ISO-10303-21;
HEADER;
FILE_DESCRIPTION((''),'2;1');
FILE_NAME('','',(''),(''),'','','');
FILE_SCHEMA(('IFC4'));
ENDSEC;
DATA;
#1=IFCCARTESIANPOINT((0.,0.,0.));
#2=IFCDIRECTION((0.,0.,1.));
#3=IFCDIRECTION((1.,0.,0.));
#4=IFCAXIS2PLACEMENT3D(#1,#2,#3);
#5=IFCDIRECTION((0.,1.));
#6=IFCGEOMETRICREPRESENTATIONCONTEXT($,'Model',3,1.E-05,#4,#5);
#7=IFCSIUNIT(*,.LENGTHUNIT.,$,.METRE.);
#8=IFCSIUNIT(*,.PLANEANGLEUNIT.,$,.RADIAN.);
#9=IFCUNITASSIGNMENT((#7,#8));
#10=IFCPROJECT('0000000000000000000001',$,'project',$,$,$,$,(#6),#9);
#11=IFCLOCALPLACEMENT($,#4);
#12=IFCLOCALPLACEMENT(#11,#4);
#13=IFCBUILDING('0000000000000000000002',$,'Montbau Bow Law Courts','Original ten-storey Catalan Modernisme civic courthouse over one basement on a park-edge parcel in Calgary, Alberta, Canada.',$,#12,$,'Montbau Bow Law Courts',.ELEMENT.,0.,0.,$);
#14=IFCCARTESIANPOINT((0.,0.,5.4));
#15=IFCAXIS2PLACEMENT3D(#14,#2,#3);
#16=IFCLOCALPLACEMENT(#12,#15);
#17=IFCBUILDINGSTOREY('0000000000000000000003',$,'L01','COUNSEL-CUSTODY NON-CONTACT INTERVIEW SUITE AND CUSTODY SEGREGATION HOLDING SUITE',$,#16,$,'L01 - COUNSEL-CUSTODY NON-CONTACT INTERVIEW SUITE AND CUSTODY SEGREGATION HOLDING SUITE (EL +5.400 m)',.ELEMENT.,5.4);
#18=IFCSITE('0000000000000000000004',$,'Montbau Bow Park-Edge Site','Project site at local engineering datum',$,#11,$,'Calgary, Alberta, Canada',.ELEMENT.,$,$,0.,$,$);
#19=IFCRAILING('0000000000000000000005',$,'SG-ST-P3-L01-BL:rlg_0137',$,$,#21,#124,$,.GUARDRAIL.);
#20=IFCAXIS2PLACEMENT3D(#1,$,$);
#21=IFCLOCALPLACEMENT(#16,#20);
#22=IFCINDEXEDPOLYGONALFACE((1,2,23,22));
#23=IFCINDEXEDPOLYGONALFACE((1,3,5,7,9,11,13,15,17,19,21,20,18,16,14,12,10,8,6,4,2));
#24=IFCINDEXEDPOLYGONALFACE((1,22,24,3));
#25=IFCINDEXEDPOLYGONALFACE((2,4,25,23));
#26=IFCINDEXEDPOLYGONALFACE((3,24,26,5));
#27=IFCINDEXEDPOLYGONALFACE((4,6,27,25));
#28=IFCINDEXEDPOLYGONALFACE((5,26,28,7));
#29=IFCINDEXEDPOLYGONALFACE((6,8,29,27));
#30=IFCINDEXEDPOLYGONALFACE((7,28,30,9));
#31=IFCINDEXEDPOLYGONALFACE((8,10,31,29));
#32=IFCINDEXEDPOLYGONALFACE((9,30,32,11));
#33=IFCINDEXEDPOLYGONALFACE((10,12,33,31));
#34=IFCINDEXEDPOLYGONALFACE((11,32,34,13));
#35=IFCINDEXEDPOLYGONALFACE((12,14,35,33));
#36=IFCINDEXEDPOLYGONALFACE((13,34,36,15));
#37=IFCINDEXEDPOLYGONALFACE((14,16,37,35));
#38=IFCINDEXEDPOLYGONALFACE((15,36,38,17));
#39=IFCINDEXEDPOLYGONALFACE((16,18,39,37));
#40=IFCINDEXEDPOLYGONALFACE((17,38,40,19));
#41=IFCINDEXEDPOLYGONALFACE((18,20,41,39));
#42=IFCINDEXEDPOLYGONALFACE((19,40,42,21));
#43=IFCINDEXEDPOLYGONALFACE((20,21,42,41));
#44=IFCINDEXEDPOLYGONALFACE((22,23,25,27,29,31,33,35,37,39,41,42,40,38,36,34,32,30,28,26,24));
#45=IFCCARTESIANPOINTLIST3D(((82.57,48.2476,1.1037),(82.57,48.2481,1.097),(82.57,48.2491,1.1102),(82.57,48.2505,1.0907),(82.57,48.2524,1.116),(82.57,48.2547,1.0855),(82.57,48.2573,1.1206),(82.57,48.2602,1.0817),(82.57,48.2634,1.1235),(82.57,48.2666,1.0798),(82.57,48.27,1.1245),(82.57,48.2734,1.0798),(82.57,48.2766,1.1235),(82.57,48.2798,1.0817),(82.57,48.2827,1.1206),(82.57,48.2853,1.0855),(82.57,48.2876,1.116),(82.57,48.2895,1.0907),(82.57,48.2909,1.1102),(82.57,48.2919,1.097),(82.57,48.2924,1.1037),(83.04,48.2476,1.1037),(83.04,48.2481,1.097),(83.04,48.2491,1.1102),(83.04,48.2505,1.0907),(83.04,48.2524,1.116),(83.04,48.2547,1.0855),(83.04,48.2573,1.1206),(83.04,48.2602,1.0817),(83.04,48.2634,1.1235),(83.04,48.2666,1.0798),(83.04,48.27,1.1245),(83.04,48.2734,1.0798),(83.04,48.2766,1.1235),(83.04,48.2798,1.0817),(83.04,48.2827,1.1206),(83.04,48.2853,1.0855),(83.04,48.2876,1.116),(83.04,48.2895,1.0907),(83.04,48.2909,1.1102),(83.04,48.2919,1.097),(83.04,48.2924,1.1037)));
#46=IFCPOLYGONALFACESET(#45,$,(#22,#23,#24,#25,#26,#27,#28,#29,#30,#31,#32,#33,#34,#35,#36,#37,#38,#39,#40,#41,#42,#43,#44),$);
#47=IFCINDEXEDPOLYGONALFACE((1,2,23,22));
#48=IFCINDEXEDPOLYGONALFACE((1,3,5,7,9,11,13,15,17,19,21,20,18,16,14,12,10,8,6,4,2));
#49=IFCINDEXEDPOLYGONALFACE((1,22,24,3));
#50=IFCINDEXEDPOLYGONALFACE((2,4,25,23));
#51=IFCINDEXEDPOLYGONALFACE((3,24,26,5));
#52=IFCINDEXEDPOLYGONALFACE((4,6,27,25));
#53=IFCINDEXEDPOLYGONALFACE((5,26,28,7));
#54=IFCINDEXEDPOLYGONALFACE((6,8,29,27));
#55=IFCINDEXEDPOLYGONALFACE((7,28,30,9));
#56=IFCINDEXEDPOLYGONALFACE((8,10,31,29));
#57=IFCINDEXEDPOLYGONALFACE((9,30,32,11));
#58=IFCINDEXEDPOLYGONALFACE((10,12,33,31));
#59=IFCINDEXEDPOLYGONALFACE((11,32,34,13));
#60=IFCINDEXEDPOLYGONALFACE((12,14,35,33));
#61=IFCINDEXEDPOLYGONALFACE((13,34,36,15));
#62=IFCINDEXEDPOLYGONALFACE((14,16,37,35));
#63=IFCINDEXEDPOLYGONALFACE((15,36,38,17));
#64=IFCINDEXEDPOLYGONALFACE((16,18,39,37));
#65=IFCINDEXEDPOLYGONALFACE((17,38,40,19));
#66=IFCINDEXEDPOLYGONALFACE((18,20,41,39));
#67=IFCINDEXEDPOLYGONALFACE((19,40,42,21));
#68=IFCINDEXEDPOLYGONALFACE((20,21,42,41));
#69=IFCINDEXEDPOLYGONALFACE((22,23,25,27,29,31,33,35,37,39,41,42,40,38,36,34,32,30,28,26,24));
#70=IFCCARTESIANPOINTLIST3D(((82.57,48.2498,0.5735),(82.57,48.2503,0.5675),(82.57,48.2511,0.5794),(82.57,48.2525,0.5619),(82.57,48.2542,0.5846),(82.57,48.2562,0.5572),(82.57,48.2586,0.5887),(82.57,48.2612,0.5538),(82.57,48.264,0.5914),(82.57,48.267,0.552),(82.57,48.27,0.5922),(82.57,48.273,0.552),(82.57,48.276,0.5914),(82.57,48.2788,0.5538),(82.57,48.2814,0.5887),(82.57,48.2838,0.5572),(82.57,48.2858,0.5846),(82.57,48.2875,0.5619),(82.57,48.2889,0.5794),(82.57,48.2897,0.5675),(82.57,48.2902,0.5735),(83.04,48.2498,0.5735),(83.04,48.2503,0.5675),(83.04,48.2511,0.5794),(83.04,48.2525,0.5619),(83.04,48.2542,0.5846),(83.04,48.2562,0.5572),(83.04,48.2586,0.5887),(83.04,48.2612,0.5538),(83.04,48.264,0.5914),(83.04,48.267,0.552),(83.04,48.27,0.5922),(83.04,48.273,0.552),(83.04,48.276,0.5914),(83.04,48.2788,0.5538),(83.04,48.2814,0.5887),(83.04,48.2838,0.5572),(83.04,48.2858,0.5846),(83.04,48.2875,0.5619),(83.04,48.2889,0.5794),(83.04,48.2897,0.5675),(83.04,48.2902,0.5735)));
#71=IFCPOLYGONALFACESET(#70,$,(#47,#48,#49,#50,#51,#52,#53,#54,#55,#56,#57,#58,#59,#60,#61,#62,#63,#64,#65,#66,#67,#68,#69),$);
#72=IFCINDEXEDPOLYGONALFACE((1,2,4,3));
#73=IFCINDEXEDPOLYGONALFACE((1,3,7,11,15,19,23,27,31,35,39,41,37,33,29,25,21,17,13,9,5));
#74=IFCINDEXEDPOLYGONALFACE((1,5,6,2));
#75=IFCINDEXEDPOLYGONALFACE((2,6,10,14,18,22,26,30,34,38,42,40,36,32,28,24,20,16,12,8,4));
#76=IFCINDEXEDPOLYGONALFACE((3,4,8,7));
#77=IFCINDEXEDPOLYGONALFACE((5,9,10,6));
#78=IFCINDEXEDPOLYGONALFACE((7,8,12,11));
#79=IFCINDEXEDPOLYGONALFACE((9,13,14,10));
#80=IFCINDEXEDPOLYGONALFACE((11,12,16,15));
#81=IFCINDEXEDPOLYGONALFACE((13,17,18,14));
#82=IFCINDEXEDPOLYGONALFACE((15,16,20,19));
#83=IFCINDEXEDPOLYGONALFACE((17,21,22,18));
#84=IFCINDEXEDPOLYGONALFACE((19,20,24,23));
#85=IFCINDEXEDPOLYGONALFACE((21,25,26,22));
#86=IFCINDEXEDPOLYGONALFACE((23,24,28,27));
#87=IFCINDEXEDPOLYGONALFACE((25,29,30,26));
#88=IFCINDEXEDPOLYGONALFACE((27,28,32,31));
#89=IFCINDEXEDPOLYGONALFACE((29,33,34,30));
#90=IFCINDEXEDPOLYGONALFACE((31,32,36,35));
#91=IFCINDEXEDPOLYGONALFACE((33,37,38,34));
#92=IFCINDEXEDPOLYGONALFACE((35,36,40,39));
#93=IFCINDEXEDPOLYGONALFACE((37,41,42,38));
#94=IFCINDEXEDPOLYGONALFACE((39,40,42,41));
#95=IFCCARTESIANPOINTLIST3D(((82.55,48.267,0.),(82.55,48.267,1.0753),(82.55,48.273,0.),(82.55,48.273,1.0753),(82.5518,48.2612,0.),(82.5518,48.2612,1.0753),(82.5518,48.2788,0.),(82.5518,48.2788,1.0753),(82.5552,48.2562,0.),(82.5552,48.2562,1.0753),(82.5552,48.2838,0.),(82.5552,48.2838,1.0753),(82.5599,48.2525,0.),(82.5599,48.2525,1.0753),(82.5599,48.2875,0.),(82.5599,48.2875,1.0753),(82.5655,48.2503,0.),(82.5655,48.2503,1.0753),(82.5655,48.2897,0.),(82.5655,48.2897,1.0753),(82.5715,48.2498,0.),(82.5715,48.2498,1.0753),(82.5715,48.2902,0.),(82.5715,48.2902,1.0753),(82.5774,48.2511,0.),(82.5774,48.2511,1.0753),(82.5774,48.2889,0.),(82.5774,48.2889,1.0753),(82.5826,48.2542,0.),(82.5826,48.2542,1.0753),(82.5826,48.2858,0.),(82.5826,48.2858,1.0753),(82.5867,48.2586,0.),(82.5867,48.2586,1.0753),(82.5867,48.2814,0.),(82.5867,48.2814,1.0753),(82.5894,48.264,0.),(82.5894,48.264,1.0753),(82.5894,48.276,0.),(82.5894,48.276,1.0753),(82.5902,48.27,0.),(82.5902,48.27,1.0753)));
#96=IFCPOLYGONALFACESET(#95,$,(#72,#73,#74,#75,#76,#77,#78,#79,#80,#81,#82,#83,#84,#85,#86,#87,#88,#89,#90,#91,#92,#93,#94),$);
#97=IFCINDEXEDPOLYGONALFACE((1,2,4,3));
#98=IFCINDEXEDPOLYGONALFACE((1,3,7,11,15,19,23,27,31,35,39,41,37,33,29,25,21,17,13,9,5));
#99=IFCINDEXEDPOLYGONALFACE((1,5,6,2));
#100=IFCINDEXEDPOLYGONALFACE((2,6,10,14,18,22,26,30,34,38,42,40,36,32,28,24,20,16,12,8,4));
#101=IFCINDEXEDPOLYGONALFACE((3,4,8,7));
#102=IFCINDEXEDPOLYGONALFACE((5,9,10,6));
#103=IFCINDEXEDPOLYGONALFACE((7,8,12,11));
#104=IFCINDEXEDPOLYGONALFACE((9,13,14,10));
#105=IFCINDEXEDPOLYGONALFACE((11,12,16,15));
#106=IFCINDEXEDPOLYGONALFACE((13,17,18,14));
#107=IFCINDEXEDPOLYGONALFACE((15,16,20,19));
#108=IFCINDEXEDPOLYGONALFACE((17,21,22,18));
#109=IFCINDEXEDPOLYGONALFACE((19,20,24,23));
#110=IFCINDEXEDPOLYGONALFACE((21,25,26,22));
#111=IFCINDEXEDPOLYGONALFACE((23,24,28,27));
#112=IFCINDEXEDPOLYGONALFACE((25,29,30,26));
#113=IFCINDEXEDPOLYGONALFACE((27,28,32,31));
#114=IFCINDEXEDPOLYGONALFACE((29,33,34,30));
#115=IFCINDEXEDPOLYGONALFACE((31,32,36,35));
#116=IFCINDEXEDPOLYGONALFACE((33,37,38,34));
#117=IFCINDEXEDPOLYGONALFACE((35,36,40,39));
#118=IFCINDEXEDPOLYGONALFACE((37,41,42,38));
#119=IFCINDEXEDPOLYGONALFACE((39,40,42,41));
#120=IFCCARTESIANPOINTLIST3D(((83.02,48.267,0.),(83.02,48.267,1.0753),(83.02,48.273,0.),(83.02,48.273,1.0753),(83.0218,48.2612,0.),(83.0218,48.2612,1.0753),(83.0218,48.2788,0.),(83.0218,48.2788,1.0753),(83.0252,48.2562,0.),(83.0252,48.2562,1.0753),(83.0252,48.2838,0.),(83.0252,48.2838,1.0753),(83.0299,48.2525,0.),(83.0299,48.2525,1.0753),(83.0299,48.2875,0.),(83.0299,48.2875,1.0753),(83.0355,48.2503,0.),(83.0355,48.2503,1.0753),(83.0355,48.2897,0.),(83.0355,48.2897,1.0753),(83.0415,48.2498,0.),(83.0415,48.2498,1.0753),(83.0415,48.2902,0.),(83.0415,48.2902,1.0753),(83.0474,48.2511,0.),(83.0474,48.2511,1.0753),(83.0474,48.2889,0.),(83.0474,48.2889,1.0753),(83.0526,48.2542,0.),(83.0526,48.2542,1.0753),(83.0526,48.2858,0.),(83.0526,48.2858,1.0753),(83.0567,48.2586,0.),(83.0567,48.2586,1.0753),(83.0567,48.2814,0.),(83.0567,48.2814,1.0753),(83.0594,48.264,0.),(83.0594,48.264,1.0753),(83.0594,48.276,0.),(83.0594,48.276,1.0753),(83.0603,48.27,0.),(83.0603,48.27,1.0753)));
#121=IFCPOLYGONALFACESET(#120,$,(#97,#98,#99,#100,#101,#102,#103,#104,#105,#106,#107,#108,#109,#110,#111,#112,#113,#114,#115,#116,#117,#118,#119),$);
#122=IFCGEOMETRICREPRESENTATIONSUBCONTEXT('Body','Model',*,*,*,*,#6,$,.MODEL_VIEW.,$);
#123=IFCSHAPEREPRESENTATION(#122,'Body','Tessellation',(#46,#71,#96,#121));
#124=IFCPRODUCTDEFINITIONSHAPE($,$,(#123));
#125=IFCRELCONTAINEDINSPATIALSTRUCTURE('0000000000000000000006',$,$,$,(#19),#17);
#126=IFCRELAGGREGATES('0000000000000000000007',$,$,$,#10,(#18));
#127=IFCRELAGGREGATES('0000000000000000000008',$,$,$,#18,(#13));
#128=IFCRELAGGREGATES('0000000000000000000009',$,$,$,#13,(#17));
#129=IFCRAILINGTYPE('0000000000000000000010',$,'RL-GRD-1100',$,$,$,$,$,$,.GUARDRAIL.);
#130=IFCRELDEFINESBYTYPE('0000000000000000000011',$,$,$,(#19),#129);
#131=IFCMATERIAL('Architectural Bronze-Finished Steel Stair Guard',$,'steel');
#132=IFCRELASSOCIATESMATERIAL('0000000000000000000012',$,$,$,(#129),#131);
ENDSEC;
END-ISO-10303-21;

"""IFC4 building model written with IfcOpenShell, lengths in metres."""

from ifc_helpers import new_model, si_unit, direction, frame, origin_with_axes, origin_2d_with_axis, place, context, subcontext, project, spatial, circle, extrude, material, type_object, element, save


model = new_model("IFC4")

# Units and contexts
model_context = context("Model", 3, precision=1e-05, world=origin_with_axes(), true_north=direction((0.0, 1.0)))
body_context = subcontext(model_context, "Body", "Model", "MODEL_VIEW")
ifc_project = project(units=[si_unit("LENGTHUNIT", "METRE"), si_unit("PLANEANGLEUNIT", "RADIAN")], contexts=[model_context])

# Site, building, storey
site_placement = place(None, origin_with_axes())
site = spatial("IfcSite", under=ifc_project, at=site_placement, Name="Montbau Bow Park-Edge Site", Description="Project site at local engineering datum", LongName="Calgary, Alberta, Canada", CompositionType="ELEMENT", RefElevation=0.0)
building_placement = place(site_placement, origin_with_axes())
building = spatial("IfcBuilding", under=site, at=building_placement, Name="Montbau Bow Law Courts", Description="Original ten-storey Catalan Modernisme civic courthouse over one basement on a park-edge parcel in Calgary, Alberta, Canada.", LongName="Montbau Bow Law Courts", CompositionType="ELEMENT", ElevationOfRefHeight=0.0, ElevationOfTerrain=0.0)
storey_placement = place(building_placement, frame((0.0, 0.0, 5.4), z_axis=(0.0, 0.0, 1.0), x_axis=(1.0, 0.0, 0.0)))
storey = spatial("IfcBuildingStorey", under=building, at=storey_placement, Name="L01", Description="COUNSEL-CUSTODY NON-CONTACT INTERVIEW SUITE AND CUSTODY SEGREGATION HOLDING SUITE", LongName="L01 - COUNSEL-CUSTODY NON-CONTACT INTERVIEW SUITE AND CUSTODY SEGREGATION HOLDING SUITE (EL +5.400 m)", CompositionType="ELEMENT", Elevation=5.4)

# Railing
ifc_material_1 = material(Name="Architectural Bronze-Finished Steel Stair Guard", Category="steel")
railing_type_1 = type_object("IfcRailingType", Name="RL-GRD-1100", PredefinedType="GUARDRAIL", material=ifc_material_1)
railing_1_placement = place(None, origin_with_axes())
element("IfcRailing", 1, at=railing_1_placement, inside=storey, type_object=railing_type_1, Name="SG-ST-P3-L01-BL:rlg_0137", PredefinedType="GUARDRAIL", context=body_context, shape_type="SweptSolid", body=[
    extrude(circle(Radius=0.0225, at=origin_2d_with_axis()), frame((82.57, 48.27, 6.502), z_axis=(1.0, 0.0, 0.0), x_axis=(0.0, 0.0, 1.0)), (0.0, 0.0, 1.0), 0.47),
    extrude(circle(Radius=0.0203, at=origin_2d_with_axis()), frame((82.57, 48.27, 5.972), z_axis=(1.0, 0.0, 0.0), x_axis=(0.0, 0.0, 1.0)), (0.0, 0.0, 1.0), 0.47),
    extrude(circle(Radius=0.0203, at=origin_2d_with_axis()), frame((82.57, 48.27, 5.4), z_axis=(0.0, 0.0, 1.0), x_axis=(1.0, 0.0, 0.0)), (0.0, 0.0, 1.0), 1.0753),
    extrude(circle(Radius=0.0203, at=origin_2d_with_axis()), frame((83.04, 48.27, 5.4), z_axis=(0.0, 0.0, 1.0), x_axis=(1.0, 0.0, 0.0)), (0.0, 0.0, 1.0), 1.0753),
])

save(model, "model.ifc")
